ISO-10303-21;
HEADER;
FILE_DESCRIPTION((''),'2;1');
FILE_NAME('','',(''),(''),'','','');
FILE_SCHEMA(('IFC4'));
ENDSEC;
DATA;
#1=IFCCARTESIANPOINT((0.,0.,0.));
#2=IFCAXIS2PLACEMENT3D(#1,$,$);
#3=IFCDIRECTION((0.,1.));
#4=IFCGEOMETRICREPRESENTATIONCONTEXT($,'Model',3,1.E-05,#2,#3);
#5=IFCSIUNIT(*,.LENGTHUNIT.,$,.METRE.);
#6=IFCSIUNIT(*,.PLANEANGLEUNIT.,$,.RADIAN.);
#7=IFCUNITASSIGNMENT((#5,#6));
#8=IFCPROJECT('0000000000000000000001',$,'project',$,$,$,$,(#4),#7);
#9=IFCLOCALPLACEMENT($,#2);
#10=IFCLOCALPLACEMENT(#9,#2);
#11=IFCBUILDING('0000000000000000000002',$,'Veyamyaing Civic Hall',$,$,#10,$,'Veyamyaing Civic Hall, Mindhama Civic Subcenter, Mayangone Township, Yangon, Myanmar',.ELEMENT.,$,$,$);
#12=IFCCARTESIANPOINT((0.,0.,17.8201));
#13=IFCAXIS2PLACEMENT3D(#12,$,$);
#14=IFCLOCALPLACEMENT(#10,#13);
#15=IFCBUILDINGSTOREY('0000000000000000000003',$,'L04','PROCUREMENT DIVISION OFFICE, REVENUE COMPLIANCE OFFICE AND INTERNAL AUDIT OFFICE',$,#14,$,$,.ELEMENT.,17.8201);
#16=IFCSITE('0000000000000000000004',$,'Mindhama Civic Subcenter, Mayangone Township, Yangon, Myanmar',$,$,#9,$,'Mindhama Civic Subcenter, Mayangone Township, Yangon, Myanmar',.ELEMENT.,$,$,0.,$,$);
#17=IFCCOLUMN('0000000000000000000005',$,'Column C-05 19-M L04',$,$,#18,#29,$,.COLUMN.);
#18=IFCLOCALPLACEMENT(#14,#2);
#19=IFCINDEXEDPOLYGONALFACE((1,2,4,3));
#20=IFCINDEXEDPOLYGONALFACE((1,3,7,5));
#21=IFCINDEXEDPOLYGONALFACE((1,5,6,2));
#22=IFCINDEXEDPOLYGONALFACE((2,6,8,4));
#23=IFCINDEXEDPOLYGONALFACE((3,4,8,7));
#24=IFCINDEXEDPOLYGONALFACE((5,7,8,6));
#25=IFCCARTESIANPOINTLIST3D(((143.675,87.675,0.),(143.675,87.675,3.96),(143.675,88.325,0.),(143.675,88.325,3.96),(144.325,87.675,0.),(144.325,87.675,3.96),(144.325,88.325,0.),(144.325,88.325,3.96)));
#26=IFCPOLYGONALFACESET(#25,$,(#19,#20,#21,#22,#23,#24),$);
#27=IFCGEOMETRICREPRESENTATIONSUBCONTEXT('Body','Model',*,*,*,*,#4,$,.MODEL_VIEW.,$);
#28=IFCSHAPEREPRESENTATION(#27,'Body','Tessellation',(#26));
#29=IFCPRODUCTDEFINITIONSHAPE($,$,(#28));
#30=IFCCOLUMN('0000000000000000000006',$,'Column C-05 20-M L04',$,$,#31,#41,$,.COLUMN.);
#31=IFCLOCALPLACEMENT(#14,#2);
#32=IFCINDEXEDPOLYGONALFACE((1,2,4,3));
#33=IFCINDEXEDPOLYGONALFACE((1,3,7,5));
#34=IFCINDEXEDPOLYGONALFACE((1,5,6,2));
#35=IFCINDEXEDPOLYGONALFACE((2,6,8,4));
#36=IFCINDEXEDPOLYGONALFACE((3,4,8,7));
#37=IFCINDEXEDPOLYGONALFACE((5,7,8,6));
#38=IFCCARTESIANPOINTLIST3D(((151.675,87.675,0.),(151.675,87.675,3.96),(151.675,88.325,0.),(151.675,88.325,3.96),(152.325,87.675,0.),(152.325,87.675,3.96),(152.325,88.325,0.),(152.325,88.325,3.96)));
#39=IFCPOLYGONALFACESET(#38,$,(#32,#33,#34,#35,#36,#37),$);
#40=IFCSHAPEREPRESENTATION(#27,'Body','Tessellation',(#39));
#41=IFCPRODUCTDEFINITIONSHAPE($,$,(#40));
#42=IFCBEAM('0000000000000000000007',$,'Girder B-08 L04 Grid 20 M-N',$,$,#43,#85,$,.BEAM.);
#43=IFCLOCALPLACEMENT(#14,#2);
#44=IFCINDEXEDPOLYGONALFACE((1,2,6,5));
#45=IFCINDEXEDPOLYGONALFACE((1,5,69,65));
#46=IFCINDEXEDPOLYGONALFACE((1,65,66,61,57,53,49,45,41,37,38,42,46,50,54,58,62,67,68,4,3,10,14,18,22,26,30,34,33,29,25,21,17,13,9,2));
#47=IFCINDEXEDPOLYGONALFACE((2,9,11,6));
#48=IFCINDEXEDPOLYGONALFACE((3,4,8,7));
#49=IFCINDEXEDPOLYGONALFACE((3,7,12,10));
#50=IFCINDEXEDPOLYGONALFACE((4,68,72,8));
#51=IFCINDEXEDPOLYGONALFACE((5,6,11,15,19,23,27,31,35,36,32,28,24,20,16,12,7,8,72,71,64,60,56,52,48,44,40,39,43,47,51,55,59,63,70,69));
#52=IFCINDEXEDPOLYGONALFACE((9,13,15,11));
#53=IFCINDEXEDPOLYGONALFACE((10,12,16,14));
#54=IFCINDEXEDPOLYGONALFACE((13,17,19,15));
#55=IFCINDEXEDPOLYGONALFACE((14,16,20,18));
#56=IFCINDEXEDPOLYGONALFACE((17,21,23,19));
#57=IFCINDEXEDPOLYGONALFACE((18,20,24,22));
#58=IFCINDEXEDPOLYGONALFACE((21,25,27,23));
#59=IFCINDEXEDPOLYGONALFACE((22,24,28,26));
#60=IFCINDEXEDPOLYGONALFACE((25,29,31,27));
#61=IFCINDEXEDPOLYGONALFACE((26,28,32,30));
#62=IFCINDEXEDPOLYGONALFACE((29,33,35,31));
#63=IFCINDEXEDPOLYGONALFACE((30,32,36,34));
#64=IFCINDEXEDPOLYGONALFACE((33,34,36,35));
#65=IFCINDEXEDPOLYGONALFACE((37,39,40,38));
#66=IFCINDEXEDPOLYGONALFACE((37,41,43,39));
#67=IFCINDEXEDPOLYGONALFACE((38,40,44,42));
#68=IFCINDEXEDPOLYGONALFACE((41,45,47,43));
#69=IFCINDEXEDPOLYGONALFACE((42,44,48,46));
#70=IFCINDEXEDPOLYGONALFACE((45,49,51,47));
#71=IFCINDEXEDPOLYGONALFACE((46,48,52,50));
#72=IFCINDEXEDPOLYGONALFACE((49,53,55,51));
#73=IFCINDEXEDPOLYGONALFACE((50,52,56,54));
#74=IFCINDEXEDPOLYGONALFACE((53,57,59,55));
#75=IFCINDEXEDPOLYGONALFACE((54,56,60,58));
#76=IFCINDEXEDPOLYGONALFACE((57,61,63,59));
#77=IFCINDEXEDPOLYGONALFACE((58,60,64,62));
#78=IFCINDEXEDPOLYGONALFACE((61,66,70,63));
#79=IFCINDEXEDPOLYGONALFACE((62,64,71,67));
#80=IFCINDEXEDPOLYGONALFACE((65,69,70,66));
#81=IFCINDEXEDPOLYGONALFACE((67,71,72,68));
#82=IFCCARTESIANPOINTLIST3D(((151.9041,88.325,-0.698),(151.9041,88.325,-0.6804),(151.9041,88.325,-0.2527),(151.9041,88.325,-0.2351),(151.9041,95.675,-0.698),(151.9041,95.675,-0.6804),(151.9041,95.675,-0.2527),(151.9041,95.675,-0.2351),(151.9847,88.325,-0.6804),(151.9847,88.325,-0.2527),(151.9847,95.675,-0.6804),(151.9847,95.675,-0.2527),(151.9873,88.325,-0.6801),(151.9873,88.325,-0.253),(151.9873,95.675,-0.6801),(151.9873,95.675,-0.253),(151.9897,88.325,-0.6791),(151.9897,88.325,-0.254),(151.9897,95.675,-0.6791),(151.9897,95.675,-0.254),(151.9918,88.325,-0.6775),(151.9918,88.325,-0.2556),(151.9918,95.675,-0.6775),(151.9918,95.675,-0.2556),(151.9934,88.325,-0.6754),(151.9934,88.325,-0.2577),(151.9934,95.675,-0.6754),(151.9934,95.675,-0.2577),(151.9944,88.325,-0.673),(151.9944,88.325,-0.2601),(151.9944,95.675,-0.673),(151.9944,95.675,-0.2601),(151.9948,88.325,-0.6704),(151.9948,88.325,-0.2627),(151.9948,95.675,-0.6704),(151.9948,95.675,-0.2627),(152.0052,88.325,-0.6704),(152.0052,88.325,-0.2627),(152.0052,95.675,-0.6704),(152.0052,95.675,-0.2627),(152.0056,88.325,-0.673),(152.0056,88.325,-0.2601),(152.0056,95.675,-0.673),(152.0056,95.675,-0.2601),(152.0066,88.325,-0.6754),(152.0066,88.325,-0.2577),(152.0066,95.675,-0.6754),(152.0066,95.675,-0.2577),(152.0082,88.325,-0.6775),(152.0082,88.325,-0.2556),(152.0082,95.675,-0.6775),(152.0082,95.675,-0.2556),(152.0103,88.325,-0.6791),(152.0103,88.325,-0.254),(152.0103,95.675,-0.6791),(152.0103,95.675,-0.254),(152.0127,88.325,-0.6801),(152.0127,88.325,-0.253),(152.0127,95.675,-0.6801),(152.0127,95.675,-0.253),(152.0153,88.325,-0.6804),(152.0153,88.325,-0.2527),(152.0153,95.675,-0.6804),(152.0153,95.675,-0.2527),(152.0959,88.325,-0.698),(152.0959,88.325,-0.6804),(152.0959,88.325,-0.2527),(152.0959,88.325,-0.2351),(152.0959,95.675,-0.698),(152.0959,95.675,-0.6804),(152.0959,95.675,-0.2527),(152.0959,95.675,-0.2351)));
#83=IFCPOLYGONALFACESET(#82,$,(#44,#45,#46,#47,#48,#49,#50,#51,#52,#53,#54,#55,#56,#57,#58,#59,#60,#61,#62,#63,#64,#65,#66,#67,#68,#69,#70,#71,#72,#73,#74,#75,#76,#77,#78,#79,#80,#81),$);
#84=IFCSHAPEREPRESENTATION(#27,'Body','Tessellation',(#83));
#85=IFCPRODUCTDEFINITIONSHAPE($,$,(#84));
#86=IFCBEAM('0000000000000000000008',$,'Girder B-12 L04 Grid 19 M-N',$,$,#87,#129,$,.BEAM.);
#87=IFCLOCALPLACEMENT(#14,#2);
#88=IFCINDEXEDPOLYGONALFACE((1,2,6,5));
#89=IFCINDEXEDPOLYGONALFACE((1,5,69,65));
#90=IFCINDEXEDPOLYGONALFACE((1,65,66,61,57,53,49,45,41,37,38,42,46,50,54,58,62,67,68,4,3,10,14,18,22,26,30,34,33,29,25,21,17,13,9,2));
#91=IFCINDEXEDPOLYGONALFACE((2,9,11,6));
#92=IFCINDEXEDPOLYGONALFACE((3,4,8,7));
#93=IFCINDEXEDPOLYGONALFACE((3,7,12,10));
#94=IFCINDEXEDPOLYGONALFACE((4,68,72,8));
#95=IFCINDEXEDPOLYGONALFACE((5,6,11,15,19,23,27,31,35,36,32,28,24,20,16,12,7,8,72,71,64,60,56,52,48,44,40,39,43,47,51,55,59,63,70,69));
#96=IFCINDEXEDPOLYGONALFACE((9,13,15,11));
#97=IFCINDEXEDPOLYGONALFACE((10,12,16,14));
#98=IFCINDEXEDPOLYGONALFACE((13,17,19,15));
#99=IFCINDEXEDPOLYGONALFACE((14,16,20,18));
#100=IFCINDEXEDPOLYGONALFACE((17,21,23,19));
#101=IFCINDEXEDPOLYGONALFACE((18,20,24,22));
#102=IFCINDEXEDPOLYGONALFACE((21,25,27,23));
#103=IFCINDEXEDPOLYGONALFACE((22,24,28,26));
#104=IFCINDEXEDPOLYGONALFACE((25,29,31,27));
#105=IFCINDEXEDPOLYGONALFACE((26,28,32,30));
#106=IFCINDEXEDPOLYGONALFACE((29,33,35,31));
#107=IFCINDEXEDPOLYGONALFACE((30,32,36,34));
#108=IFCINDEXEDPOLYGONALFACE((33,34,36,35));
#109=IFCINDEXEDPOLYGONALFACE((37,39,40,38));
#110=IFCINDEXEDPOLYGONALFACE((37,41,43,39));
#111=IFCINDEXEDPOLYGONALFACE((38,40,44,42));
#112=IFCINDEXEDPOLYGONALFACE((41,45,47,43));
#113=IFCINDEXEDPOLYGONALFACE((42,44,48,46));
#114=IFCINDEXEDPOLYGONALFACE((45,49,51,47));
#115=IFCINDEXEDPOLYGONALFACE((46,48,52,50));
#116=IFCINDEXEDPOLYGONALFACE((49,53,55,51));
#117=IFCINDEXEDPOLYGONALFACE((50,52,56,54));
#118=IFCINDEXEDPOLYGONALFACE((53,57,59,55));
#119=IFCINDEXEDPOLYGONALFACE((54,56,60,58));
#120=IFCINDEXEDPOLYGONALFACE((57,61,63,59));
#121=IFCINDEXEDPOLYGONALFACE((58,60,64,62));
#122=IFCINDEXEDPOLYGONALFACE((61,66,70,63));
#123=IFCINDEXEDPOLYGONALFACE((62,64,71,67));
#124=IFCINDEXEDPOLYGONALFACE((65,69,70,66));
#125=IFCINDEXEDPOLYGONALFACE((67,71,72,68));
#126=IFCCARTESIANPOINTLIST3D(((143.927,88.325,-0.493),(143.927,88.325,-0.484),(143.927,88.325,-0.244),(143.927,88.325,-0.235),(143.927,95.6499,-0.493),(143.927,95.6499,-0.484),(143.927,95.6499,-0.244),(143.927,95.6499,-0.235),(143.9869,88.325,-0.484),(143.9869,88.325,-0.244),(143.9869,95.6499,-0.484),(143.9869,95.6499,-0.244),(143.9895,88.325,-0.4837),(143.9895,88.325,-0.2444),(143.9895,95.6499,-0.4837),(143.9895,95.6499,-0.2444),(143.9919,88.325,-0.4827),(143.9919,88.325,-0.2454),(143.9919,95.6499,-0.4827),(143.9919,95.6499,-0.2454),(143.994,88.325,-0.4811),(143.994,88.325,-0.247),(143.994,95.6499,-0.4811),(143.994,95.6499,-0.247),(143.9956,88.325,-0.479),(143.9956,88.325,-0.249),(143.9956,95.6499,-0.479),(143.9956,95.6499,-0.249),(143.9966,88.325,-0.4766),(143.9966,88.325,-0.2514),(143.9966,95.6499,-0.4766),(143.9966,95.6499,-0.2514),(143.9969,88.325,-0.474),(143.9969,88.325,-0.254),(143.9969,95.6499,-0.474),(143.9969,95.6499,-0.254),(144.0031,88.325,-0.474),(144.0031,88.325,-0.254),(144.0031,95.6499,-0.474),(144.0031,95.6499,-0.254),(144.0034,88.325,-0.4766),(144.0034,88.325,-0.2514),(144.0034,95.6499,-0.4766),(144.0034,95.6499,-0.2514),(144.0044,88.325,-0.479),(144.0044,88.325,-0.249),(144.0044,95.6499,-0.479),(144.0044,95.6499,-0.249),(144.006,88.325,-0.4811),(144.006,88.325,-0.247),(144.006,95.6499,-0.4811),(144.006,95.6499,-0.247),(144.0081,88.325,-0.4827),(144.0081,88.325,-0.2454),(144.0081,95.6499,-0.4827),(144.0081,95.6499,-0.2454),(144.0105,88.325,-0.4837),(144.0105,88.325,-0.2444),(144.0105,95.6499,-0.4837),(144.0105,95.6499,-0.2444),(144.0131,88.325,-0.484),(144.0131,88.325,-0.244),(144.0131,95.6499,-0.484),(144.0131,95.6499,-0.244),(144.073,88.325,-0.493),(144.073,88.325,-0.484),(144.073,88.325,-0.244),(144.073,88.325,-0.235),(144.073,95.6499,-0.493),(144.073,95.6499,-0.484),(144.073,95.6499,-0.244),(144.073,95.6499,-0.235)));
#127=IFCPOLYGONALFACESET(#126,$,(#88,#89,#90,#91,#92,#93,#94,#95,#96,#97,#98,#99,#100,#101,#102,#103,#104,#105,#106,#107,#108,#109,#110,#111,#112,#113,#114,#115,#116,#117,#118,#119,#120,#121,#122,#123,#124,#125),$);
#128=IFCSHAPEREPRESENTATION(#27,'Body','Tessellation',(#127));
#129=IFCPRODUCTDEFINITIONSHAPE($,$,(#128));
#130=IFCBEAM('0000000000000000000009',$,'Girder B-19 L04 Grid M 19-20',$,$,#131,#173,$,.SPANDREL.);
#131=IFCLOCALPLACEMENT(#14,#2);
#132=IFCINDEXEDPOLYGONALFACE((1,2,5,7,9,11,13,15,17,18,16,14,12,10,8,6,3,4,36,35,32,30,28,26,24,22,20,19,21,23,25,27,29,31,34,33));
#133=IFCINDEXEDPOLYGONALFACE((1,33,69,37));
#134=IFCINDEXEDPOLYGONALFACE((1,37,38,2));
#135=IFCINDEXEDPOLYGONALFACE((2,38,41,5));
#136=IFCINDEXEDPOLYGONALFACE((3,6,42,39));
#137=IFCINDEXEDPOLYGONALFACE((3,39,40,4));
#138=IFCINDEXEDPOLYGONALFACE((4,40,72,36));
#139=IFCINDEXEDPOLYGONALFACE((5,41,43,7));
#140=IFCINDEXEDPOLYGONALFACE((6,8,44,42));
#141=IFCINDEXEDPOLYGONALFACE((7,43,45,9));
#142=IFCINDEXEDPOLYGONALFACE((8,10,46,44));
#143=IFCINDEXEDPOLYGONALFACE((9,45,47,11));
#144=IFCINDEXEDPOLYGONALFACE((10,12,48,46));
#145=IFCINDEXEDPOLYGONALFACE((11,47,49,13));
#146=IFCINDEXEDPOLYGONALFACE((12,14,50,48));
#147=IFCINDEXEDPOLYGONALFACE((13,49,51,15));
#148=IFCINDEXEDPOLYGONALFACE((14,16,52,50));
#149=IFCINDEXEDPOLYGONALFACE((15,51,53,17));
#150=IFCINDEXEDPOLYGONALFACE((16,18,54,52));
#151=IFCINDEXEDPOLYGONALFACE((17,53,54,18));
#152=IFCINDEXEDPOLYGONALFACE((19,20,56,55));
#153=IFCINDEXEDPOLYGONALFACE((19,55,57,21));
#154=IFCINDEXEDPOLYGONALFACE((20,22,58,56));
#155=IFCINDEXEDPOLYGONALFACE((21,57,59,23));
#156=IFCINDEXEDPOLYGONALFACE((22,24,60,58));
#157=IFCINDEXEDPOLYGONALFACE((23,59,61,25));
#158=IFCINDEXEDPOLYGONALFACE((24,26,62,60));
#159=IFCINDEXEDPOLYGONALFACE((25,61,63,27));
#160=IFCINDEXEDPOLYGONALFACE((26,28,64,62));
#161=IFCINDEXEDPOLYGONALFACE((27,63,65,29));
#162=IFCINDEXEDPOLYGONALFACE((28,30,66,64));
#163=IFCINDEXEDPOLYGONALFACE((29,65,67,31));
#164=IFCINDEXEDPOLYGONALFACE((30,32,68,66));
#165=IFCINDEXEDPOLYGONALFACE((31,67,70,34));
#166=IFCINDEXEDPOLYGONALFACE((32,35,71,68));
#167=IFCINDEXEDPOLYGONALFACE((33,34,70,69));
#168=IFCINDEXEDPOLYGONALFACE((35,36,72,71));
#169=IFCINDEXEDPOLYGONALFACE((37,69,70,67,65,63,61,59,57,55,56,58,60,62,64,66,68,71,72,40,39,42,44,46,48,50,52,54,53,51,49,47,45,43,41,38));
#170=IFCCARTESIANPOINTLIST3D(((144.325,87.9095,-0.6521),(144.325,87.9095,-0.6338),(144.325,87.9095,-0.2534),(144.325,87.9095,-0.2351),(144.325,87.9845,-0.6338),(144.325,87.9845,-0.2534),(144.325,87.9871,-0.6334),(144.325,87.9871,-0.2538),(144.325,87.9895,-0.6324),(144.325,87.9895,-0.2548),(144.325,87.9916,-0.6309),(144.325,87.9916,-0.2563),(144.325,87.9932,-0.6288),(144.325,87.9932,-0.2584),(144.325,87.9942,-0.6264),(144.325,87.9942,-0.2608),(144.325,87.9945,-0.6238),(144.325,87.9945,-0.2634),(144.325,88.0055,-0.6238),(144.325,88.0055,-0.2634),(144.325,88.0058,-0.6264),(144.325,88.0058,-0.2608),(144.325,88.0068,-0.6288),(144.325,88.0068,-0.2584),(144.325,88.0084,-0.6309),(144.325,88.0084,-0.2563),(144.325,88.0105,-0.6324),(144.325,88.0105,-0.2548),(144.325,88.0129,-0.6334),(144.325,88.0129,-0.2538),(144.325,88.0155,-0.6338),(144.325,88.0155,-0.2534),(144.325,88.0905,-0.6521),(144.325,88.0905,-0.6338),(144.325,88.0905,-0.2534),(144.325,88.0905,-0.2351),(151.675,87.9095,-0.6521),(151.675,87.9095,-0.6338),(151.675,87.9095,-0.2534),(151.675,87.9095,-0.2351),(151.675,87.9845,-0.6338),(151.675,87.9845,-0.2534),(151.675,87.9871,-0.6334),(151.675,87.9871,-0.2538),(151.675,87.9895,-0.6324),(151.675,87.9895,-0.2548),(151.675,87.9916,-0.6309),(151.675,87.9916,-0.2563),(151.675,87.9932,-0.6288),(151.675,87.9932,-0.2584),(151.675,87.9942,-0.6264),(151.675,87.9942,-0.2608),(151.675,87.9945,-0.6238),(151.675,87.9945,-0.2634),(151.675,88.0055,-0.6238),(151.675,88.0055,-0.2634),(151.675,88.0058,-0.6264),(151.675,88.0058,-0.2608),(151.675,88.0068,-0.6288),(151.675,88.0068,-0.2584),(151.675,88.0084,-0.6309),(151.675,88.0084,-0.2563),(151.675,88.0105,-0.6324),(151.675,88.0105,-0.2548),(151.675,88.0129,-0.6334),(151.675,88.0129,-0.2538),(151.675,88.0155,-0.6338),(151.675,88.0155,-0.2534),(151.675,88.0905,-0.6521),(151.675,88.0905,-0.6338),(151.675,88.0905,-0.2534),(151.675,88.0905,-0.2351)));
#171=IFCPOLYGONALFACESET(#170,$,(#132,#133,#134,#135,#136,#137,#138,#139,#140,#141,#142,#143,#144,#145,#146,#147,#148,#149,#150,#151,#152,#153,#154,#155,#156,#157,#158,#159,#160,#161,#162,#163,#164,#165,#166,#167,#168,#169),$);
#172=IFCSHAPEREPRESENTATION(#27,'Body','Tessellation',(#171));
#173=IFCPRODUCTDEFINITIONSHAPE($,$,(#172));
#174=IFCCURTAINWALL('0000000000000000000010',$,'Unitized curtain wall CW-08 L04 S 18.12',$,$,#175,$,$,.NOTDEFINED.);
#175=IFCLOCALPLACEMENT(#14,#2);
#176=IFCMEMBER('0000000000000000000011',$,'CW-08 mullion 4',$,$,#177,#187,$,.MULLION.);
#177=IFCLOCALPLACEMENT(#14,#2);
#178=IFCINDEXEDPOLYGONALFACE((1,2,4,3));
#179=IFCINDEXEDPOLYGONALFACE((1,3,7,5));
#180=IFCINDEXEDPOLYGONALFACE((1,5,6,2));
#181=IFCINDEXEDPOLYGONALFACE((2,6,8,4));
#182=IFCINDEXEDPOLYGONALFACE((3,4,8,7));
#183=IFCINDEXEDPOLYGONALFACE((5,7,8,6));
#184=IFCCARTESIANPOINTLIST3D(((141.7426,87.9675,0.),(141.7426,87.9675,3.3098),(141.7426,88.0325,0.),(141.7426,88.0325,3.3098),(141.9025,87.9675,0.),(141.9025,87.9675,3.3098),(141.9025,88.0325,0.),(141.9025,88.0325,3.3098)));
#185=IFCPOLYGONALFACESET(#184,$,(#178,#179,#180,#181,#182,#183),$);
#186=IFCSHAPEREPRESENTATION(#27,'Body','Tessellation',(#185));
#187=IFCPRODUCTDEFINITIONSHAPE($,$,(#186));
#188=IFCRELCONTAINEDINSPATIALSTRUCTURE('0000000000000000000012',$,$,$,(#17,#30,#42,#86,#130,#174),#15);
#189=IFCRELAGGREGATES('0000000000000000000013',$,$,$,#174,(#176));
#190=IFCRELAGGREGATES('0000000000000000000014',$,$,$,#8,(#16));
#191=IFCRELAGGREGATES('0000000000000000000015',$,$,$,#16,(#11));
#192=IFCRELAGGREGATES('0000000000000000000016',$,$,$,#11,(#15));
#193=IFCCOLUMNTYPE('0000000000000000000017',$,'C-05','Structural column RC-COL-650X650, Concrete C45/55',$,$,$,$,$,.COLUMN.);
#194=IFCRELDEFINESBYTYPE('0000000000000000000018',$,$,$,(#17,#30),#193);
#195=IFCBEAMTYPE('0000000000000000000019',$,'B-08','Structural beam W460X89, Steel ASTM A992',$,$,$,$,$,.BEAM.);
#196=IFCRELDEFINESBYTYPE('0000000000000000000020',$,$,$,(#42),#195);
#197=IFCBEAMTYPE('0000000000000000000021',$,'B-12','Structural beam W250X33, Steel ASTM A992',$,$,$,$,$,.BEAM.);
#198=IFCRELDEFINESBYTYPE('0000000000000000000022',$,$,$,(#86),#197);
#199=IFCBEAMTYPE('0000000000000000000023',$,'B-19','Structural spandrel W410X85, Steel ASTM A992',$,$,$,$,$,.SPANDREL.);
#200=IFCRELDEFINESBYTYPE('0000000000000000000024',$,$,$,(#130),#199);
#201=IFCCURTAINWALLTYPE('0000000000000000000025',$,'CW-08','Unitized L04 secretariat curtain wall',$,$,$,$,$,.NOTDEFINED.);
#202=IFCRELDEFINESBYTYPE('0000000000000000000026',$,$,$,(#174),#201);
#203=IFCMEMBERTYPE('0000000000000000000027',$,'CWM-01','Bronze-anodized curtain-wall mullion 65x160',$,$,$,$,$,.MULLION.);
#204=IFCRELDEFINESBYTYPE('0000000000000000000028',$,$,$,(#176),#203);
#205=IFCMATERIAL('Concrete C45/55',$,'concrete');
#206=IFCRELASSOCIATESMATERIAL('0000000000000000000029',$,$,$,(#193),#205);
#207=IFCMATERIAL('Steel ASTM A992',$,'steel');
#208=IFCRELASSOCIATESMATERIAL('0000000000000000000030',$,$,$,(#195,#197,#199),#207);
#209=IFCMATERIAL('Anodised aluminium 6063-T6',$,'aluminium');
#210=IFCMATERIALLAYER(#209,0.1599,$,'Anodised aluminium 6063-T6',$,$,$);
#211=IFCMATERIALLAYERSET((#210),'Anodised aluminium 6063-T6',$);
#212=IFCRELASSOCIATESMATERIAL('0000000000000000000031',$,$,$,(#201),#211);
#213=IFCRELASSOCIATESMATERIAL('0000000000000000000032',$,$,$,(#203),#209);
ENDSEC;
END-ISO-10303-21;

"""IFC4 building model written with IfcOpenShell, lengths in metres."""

from ifc_helpers import new_model, si_unit, direction, frame, origin, origin_2d, place, context, subcontext, project, spatial, rectangle, i_section, extrude, material, layer, layer_set, material_profile, profile_set, type_object, element, aggregate, save


model = new_model("IFC4")

# Units and contexts
model_context = context("Model", 3, precision=1e-05, world=origin(), true_north=direction((0.0, 1.0)))
body_context = subcontext(model_context, "Body", "Model", "MODEL_VIEW")
ifc_project = project(units=[si_unit("LENGTHUNIT", "METRE"), si_unit("PLANEANGLEUNIT", "RADIAN")], contexts=[model_context])

# Site, building, storey
site_placement = place(None, origin())
site = spatial("IfcSite", under=ifc_project, at=site_placement, Name="Mindhama Civic Subcenter, Mayangone Township, Yangon, Myanmar", LongName="Mindhama Civic Subcenter, Mayangone Township, Yangon, Myanmar", CompositionType="ELEMENT", RefElevation=0.0)
building_placement = place(site_placement, origin())
building = spatial("IfcBuilding", under=site, at=building_placement, Name="Veyamyaing Civic Hall", LongName="Veyamyaing Civic Hall, Mindhama Civic Subcenter, Mayangone Township, Yangon, Myanmar", CompositionType="ELEMENT")
storey_placement = place(building_placement, frame((0.0, 0.0, 17.8201)))
storey = spatial("IfcBuildingStorey", under=building, at=storey_placement, Name="L04", Description="PROCUREMENT DIVISION OFFICE, REVENUE COMPLIANCE OFFICE AND INTERNAL AUDIT OFFICE", CompositionType="ELEMENT", Elevation=17.8201)

# Columns
ifc_material_1 = material(Name="Concrete C45/55", Category="concrete")
ifc_material_profile_1 = material_profile(ifc_material_1, rectangle(XDim=0.6499, YDim=0.6499, at=origin_2d()), Name="RC-COL-650X650")
ifc_profile_set_1 = profile_set([ifc_material_profile_1], Name="Concrete C45/55")
column_type = type_object("IfcColumnType", Name="C-05", Description="Structural column RC-COL-650X650, Concrete C45/55", PredefinedType="COLUMN", material=ifc_profile_set_1)
for number, where, z_axis, x_axis, name in (
    (1, (144.0, 88.0, 0.0), (0.0, 0.0, 1.0), (1.0, 0.0, 0.0), "Column C-05 19-M L04"),
    (2, (152.0, 88.0, 0.0), (0.0, 0.0, 1.0), (1.0, 0.0, 0.0), "Column C-05 20-M L04"),
):
    element("IfcColumn", number, at=place(storey_placement, frame(where, z_axis=z_axis, x_axis=x_axis)), inside=storey, type_object=column_type, Name=name, PredefinedType="COLUMN", context=body_context, shape_type="SweptSolid", body=[
        extrude(rectangle(XDim=0.6499, YDim=0.6499, at=origin_2d()), origin(), (0.0, 0.0, 1.0), 3.96),
    ])

# Beams
ifc_material_2 = material(Name="Steel ASTM A992", Category="steel")
ifc_material_profile_2 = material_profile(ifc_material_2, i_section(OverallWidth=0.1919, OverallDepth=0.4629, WebThickness=0.0105, FlangeThickness=0.0176, FilletRadius=0.01, at=origin_2d()), Name="W460X89")
ifc_profile_set_2 = profile_set([ifc_material_profile_2], Name="Steel ASTM A992")
beam_type_1 = type_object("IfcBeamType", Name="B-08", Description="Structural beam W460X89, Steel ASTM A992", PredefinedType="BEAM", material=ifc_profile_set_2)
beam_1_placement = place(storey_placement, frame((152.0, 88.325, -0.4666), z_axis=(0.0, 1.0, 0.0), x_axis=(-1.0, 0.0, 0.0)))
element("IfcBeam", 3, at=beam_1_placement, inside=storey, type_object=beam_type_1, Name="Girder B-08 L04 Grid 20 M-N", PredefinedType="BEAM", context=body_context, shape_type="SweptSolid", body=[
    extrude(i_section(OverallWidth=0.1919, OverallDepth=0.4629, WebThickness=0.0105, FlangeThickness=0.0176, FilletRadius=0.01, at=origin_2d()), origin(), (0.0, 0.0, 1.0), 7.3501),
])
ifc_material_profile_3 = material_profile(ifc_material_2, i_section(OverallWidth=0.146, OverallDepth=0.2581, WebThickness=0.0061, FlangeThickness=0.009, FilletRadius=0.01, at=origin_2d()), Name="W250X33")
ifc_profile_set_3 = profile_set([ifc_material_profile_3], Name="Steel ASTM A992")
beam_type_2 = type_object("IfcBeamType", Name="B-12", Description="Structural beam W250X33, Steel ASTM A992", PredefinedType="BEAM", material=ifc_profile_set_3)
beam_2_placement = place(storey_placement, frame((144.0, 88.325, -0.364), z_axis=(0.0, 1.0, 0.0), x_axis=(-1.0, 0.0, 0.0)))
element("IfcBeam", 4, at=beam_2_placement, inside=storey, type_object=beam_type_2, Name="Girder B-12 L04 Grid 19 M-N", PredefinedType="BEAM", context=body_context, shape_type="SweptSolid", body=[
    extrude(i_section(OverallWidth=0.146, OverallDepth=0.2581, WebThickness=0.0061, FlangeThickness=0.009, FilletRadius=0.01, at=origin_2d()), origin(), (0.0, 0.0, 1.0), 7.325),
])
ifc_material_profile_4 = material_profile(ifc_material_2, i_section(OverallWidth=0.1809, OverallDepth=0.417, WebThickness=0.011, FlangeThickness=0.0183, FilletRadius=0.01, at=origin_2d()), Name="W410X85")
ifc_profile_set_4 = profile_set([ifc_material_profile_4], Name="Steel ASTM A992")
beam_type_3 = type_object("IfcBeamType", Name="B-19", Description="Structural spandrel W410X85, Steel ASTM A992", PredefinedType="SPANDREL", material=ifc_profile_set_4)
beam_3_placement = place(storey_placement, frame((144.325, 88.0, -0.4436), z_axis=(1.0, 0.0, 0.0), x_axis=(0.0, 1.0, 0.0)))
element("IfcBeam", 5, at=beam_3_placement, inside=storey, type_object=beam_type_3, Name="Girder B-19 L04 Grid M 19-20", PredefinedType="SPANDREL", context=body_context, shape_type="SweptSolid", body=[
    extrude(i_section(OverallWidth=0.1809, OverallDepth=0.417, WebThickness=0.011, FlangeThickness=0.0183, FilletRadius=0.01, at=origin_2d()), origin(), (0.0, 0.0, 1.0), 7.3501),
])

# Curtain wall, member
ifc_material_3 = material(Name="Anodised aluminium 6063-T6", Category="aluminium")
ifc_layer_1 = layer(ifc_material_3, 0.1599, Name="Anodised aluminium 6063-T6")
ifc_layer_set_1 = layer_set([ifc_layer_1], Name="Anodised aluminium 6063-T6")
curtain_wall_type = type_object("IfcCurtainWallType", Name="CW-08", Description="Unitized L04 secretariat curtain wall", PredefinedType="NOTDEFINED", material=ifc_layer_set_1)
curtain_wall_placement = place(storey_placement, origin())
curtain_wall = element("IfcCurtainWall", 6, at=curtain_wall_placement, inside=storey, type_object=curtain_wall_type, Name="Unitized curtain wall CW-08 L04 S 18.12", PredefinedType="NOTDEFINED")
ifc_material_profile_5 = material_profile(ifc_material_3, rectangle(XDim=0.0649, YDim=0.1599, at=origin_2d()), Name="ALU-MUL-65X160")
ifc_profile_set_5 = profile_set([ifc_material_profile_5], Name="Anodised aluminium 6063-T6")
member_type_1 = type_object("IfcMemberType", Name="CWM-01", Description="Bronze-anodized curtain-wall mullion 65x160", PredefinedType="MULLION", material=ifc_profile_set_5)
member_1_placement = place(storey_placement, frame((141.8225, 88.0, 0.0), z_axis=(0.0, 0.0, 1.0), x_axis=(0.0, 1.0, 0.0)))
member_1 = element("IfcMember", 7, at=member_1_placement, type_object=member_type_1, Name="CW-08 mullion 4", PredefinedType="MULLION", context=body_context, shape_type="SweptSolid", body=[
    extrude(rectangle(XDim=0.0649, YDim=0.1599, at=origin_2d()), origin(), (0.0, 0.0, 1.0), 3.3098),
])

aggregate(curtain_wall, [member_1])

save(model, "model.ifc")
